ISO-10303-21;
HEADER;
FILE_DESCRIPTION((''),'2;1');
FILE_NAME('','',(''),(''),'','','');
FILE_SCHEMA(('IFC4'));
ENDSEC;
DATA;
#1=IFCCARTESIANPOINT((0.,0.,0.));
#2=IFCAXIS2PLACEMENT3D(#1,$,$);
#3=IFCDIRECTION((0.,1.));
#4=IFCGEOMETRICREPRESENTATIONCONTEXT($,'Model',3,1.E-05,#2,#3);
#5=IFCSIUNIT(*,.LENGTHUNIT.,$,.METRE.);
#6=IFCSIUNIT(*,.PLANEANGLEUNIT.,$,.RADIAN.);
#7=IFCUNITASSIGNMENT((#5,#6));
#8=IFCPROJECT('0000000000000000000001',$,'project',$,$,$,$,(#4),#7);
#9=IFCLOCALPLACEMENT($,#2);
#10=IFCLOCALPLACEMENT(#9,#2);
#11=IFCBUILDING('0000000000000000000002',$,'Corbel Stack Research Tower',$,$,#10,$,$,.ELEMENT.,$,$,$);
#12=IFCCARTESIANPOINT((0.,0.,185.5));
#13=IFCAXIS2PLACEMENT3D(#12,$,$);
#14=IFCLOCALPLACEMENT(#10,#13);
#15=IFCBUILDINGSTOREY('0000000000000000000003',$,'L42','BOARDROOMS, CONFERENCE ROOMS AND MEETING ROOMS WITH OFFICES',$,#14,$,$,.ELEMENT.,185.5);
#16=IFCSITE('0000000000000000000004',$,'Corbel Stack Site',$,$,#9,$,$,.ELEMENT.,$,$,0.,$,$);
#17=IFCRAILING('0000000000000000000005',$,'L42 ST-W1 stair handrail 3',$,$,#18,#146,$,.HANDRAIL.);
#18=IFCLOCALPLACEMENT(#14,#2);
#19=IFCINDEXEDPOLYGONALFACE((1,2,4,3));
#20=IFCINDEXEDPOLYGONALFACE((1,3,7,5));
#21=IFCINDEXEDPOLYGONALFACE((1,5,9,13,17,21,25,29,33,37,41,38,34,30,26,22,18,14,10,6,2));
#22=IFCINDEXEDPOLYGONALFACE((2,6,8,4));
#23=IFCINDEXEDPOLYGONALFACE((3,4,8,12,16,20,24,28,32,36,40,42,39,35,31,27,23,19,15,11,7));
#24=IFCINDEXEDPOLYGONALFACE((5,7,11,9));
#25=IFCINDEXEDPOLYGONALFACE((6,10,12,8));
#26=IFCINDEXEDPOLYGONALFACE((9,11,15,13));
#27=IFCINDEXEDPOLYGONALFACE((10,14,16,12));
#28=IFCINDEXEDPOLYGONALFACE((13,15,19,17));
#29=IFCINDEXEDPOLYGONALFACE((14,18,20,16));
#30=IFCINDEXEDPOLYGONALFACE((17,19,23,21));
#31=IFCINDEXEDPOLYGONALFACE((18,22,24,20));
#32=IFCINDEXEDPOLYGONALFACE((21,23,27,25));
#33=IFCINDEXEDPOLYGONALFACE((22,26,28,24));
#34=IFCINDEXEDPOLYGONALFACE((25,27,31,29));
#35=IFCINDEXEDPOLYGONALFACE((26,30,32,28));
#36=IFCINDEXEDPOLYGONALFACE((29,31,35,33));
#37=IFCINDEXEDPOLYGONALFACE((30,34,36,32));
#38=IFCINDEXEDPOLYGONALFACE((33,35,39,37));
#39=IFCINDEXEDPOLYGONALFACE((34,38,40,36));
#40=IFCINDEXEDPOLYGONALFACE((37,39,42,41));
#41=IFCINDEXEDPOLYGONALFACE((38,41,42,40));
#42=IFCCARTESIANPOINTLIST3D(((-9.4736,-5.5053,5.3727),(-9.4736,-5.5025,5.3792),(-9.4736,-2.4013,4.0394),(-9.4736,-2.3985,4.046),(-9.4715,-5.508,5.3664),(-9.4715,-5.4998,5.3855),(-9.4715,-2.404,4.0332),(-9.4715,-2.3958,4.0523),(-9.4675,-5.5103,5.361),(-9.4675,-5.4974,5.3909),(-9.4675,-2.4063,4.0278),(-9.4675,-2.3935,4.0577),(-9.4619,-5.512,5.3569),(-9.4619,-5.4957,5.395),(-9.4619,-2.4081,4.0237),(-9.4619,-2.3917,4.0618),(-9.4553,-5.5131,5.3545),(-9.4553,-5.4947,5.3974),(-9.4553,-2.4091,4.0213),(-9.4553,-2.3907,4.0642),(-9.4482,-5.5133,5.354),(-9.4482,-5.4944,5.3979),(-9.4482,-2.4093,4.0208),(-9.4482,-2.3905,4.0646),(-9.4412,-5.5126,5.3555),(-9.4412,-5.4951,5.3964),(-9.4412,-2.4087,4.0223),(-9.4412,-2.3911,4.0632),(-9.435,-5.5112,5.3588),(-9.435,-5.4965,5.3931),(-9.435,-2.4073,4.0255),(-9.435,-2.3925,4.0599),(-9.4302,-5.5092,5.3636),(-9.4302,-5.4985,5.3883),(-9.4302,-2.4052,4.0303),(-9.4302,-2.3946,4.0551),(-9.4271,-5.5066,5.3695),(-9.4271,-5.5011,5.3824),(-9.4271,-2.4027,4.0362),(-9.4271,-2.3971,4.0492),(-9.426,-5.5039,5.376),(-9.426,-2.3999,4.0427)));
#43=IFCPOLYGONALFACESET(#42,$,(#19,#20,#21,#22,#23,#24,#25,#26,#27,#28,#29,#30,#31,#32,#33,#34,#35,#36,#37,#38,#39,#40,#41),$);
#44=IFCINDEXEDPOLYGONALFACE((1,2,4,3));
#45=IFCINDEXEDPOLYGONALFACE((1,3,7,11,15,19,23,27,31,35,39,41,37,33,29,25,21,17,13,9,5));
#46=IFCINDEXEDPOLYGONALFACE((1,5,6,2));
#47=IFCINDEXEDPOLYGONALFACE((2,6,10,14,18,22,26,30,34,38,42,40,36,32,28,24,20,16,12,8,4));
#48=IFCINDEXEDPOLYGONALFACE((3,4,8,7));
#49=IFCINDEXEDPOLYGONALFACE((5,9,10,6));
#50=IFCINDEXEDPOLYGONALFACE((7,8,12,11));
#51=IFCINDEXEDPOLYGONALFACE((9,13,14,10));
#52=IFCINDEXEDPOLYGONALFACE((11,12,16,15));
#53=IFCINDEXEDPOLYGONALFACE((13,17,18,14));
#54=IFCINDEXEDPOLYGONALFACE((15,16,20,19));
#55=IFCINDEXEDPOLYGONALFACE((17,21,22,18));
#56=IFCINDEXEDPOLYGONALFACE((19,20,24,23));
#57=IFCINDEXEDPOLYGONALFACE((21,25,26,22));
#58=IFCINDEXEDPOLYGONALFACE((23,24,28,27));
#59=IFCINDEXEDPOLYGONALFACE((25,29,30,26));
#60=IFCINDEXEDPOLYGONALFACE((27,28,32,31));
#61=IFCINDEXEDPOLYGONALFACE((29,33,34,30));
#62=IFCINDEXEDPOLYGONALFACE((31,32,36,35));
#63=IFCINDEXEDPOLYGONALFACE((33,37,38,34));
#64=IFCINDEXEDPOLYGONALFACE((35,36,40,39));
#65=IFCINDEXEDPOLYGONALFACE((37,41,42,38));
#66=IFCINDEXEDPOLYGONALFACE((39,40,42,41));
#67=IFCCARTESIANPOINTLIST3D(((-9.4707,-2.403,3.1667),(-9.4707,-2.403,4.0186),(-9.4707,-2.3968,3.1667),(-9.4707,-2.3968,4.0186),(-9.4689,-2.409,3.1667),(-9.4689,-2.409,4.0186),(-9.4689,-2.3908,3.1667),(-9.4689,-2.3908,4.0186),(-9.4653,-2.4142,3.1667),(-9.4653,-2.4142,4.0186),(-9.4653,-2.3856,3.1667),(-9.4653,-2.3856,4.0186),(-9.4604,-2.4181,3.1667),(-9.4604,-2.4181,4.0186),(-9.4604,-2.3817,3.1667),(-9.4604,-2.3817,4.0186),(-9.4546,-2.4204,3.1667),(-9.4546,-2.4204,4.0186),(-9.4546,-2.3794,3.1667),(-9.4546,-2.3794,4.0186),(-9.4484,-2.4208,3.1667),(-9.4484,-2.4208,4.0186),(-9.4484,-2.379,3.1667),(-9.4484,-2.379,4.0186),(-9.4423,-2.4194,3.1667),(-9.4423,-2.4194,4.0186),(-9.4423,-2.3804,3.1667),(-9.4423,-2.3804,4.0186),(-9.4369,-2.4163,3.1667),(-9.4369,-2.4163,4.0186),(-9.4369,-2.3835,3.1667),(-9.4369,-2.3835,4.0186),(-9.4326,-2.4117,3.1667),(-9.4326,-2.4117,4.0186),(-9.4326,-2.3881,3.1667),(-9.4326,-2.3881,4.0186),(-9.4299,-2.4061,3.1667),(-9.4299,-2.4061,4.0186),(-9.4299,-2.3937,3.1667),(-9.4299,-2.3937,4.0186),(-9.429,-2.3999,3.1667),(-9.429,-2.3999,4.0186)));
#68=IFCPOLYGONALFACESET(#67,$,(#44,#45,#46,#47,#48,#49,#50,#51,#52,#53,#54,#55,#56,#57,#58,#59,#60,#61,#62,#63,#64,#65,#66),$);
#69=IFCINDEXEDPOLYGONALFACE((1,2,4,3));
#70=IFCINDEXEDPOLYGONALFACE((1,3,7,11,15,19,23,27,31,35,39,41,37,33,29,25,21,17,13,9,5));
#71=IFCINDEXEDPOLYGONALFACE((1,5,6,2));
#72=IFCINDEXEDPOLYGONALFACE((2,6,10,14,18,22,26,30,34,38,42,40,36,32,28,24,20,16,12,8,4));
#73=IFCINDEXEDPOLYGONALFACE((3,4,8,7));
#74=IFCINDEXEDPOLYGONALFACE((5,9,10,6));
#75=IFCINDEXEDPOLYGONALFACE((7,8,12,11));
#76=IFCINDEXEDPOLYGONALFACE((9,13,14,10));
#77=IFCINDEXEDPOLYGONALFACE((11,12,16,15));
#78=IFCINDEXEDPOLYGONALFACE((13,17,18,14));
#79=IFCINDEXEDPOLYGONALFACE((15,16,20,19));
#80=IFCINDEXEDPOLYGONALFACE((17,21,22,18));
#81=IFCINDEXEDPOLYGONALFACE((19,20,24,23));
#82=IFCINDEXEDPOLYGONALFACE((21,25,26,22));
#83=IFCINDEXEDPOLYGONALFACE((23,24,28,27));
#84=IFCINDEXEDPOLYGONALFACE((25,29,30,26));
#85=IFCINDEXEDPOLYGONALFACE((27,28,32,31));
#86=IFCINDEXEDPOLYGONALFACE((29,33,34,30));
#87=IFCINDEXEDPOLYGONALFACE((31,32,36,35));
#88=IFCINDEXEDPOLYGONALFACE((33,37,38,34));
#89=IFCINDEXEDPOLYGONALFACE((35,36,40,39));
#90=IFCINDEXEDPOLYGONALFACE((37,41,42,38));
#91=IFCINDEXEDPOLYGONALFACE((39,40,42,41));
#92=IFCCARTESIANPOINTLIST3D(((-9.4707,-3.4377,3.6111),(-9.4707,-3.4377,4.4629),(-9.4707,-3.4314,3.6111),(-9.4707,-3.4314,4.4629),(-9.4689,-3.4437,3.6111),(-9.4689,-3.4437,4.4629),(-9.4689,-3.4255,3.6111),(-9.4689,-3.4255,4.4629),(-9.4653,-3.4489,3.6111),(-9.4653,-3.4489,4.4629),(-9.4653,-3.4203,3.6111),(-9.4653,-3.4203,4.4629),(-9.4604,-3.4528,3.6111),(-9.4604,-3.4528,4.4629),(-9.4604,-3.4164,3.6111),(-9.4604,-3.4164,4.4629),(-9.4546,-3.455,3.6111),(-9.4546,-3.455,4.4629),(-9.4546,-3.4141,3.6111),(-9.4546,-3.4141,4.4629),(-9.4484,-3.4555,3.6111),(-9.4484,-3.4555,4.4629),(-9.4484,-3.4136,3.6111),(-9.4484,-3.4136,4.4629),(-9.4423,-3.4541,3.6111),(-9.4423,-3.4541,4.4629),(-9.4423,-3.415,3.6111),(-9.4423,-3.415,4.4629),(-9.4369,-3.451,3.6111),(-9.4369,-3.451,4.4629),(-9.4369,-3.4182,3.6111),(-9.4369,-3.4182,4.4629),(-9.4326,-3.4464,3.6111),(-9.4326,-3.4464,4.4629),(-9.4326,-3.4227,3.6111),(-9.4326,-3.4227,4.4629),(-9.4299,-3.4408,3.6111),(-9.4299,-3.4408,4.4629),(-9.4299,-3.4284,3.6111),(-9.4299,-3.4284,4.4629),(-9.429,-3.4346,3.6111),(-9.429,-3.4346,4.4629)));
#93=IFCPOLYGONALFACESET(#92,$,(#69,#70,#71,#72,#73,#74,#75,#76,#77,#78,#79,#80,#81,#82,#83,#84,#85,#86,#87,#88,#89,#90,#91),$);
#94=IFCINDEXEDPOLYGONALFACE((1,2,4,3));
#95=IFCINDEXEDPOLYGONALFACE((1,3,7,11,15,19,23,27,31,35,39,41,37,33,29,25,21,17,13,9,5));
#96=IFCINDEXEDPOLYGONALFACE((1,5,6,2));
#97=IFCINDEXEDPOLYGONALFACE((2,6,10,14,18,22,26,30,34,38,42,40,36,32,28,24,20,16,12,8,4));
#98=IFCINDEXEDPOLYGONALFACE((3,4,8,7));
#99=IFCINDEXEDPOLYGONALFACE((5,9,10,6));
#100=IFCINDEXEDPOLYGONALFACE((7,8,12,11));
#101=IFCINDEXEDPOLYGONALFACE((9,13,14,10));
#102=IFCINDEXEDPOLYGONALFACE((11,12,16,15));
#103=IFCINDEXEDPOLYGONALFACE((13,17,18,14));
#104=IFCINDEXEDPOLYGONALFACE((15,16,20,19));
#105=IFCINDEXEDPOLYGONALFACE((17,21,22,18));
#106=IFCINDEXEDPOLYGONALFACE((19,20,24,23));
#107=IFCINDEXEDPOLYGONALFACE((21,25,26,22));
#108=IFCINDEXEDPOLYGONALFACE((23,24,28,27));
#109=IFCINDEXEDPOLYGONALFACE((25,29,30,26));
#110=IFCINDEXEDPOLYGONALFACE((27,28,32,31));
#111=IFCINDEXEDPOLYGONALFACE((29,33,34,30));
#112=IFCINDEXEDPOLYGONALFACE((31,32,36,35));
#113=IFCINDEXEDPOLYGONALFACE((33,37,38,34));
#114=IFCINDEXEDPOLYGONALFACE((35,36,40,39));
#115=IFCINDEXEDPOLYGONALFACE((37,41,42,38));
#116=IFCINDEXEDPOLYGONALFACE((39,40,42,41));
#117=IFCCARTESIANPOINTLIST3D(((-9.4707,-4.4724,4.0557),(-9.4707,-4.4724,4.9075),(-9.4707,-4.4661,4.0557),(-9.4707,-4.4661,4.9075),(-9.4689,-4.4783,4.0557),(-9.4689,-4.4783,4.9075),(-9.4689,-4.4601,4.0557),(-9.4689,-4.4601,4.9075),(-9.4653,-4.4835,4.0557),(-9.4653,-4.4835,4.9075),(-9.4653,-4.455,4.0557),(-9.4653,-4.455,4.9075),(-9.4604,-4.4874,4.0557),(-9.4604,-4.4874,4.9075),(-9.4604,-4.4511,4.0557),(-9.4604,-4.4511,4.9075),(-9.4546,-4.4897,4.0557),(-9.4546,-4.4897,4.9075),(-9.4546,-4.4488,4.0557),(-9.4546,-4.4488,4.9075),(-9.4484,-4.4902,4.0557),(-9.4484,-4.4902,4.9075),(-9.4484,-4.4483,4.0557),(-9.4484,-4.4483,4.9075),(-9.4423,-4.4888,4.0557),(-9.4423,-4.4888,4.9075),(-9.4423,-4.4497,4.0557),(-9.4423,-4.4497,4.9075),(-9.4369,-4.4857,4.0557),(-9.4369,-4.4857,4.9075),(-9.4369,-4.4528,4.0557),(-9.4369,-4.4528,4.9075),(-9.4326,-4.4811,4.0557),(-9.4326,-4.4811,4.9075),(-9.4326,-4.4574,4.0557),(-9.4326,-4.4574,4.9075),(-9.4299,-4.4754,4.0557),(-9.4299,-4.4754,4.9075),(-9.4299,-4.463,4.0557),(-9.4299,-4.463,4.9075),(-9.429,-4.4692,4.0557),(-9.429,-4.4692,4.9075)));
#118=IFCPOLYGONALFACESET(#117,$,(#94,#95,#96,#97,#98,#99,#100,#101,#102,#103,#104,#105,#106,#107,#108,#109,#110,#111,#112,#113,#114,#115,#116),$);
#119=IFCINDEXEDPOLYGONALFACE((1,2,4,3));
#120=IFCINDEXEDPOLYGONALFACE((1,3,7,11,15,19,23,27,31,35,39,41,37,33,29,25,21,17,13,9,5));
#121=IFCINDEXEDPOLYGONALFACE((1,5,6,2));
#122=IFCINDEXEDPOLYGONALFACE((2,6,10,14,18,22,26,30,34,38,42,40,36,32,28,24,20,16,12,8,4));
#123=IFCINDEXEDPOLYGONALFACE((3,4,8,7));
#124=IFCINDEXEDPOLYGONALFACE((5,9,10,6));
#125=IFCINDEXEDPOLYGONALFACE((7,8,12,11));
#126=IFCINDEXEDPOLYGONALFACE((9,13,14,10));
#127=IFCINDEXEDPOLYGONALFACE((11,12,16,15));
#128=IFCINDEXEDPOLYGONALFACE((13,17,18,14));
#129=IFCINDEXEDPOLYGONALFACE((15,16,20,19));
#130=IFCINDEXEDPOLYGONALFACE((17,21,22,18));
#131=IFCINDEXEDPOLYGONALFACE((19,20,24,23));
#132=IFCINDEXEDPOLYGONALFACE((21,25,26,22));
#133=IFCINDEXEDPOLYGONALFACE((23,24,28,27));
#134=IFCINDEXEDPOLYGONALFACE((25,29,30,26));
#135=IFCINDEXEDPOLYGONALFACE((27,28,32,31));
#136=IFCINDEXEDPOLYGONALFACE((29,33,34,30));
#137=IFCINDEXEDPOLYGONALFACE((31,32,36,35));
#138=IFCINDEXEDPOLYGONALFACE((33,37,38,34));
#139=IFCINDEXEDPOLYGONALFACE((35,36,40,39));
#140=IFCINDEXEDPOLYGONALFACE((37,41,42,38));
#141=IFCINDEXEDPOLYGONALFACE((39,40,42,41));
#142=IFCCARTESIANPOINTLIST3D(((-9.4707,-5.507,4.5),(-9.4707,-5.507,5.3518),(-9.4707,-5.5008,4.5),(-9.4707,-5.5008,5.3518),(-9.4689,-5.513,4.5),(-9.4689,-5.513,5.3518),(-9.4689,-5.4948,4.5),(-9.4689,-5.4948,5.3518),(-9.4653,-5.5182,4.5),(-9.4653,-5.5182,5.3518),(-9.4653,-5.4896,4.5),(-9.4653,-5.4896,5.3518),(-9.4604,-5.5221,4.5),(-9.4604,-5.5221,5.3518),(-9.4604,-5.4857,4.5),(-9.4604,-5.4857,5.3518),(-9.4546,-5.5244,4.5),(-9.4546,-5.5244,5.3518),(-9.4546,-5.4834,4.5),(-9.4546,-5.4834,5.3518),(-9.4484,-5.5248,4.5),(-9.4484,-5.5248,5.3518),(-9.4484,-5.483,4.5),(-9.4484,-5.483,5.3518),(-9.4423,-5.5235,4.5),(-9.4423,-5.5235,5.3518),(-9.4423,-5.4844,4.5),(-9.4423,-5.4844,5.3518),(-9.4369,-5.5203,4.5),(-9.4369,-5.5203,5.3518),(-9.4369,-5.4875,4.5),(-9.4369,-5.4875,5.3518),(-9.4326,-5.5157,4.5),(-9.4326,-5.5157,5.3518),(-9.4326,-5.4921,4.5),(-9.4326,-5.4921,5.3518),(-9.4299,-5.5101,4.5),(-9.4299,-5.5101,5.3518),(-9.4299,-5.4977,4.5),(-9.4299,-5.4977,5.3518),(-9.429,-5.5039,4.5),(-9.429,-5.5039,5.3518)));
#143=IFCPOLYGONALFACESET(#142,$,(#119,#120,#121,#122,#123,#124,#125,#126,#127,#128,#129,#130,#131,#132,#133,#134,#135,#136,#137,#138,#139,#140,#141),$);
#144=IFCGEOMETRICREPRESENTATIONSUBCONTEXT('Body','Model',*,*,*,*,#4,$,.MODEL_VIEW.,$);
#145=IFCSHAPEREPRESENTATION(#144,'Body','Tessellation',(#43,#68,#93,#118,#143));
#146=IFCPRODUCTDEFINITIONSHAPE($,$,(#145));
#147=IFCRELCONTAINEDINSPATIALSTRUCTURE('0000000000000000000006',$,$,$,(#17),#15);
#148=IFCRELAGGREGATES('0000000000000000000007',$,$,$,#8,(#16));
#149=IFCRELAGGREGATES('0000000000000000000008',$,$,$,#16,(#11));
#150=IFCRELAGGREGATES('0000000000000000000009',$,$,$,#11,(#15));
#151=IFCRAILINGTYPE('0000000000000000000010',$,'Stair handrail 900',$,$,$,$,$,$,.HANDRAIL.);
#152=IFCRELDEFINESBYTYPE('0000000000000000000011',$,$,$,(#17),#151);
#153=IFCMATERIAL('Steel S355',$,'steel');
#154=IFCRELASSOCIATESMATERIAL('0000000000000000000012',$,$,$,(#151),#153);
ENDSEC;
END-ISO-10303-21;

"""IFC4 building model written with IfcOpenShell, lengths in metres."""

from ifc_helpers import new_model, si_unit, direction, frame, origin, origin_2d, place, context, subcontext, project, spatial, circle, extrude, material, type_object, element, save


model = new_model("IFC4")

# Units and contexts
model_context = context("Model", 3, precision=1e-05, world=origin(), true_north=direction((0.0, 1.0)))
body_context = subcontext(model_context, "Body", "Model", "MODEL_VIEW")
ifc_project = project(units=[si_unit("LENGTHUNIT", "METRE"), si_unit("PLANEANGLEUNIT", "RADIAN")], contexts=[model_context])

# Site, building, storey
site_placement = place(None, origin())
site = spatial("IfcSite", under=ifc_project, at=site_placement, Name="Corbel Stack Site", CompositionType="ELEMENT", RefElevation=0.0)
building_placement = place(site_placement, origin())
building = spatial("IfcBuilding", under=site, at=building_placement, Name="Corbel Stack Research Tower", CompositionType="ELEMENT")
storey_placement = place(building_placement, frame((0.0, 0.0, 185.5)))
storey = spatial("IfcBuildingStorey", under=building, at=storey_placement, Name="L42", Description="BOARDROOMS, CONFERENCE ROOMS AND MEETING ROOMS WITH OFFICES", CompositionType="ELEMENT", Elevation=185.5)

# Railing
ifc_material_1 = material(Name="Steel S355", Category="steel")
railing_type_1 = type_object("IfcRailingType", Name="Stair handrail 900", PredefinedType="HANDRAIL", material=ifc_material_1)
for number, where, name in (
    (1, (-9.45, -2.3999, 3.1667), "L42 ST-W1 stair handrail 3"),
):
    element("IfcRailing", number, at=place(storey_placement, frame(where)), inside=storey, type_object=railing_type_1, Name=name, PredefinedType="HANDRAIL", context=body_context, shape_type="SweptSolid", body=[
        extrude(circle(Radius=0.0239, at=origin_2d()), frame((0.0, 0.0, 0.876), z_axis=(0.0, -0.918827, 0.394661), x_axis=(1.0, 0.0, 0.0)), (0.0, 0.0, 1.0), 3.3782),
        extrude(circle(Radius=0.021, at=origin_2d()), origin(), (0.0, 0.0, 1.0), 0.8518),
        extrude(circle(Radius=0.021, at=origin_2d()), frame((0.0, -1.0347, 0.4443)), (0.0, 0.0, 1.0), 0.8518),
        extrude(circle(Radius=0.021, at=origin_2d()), frame((0.0, -2.0693, 0.8889)), (0.0, 0.0, 1.0), 0.8518),
        extrude(circle(Radius=0.021, at=origin_2d()), frame((0.0, -3.104, 1.3333)), (0.0, 0.0, 1.0), 0.8518),
    ])

save(model, "model.ifc")
